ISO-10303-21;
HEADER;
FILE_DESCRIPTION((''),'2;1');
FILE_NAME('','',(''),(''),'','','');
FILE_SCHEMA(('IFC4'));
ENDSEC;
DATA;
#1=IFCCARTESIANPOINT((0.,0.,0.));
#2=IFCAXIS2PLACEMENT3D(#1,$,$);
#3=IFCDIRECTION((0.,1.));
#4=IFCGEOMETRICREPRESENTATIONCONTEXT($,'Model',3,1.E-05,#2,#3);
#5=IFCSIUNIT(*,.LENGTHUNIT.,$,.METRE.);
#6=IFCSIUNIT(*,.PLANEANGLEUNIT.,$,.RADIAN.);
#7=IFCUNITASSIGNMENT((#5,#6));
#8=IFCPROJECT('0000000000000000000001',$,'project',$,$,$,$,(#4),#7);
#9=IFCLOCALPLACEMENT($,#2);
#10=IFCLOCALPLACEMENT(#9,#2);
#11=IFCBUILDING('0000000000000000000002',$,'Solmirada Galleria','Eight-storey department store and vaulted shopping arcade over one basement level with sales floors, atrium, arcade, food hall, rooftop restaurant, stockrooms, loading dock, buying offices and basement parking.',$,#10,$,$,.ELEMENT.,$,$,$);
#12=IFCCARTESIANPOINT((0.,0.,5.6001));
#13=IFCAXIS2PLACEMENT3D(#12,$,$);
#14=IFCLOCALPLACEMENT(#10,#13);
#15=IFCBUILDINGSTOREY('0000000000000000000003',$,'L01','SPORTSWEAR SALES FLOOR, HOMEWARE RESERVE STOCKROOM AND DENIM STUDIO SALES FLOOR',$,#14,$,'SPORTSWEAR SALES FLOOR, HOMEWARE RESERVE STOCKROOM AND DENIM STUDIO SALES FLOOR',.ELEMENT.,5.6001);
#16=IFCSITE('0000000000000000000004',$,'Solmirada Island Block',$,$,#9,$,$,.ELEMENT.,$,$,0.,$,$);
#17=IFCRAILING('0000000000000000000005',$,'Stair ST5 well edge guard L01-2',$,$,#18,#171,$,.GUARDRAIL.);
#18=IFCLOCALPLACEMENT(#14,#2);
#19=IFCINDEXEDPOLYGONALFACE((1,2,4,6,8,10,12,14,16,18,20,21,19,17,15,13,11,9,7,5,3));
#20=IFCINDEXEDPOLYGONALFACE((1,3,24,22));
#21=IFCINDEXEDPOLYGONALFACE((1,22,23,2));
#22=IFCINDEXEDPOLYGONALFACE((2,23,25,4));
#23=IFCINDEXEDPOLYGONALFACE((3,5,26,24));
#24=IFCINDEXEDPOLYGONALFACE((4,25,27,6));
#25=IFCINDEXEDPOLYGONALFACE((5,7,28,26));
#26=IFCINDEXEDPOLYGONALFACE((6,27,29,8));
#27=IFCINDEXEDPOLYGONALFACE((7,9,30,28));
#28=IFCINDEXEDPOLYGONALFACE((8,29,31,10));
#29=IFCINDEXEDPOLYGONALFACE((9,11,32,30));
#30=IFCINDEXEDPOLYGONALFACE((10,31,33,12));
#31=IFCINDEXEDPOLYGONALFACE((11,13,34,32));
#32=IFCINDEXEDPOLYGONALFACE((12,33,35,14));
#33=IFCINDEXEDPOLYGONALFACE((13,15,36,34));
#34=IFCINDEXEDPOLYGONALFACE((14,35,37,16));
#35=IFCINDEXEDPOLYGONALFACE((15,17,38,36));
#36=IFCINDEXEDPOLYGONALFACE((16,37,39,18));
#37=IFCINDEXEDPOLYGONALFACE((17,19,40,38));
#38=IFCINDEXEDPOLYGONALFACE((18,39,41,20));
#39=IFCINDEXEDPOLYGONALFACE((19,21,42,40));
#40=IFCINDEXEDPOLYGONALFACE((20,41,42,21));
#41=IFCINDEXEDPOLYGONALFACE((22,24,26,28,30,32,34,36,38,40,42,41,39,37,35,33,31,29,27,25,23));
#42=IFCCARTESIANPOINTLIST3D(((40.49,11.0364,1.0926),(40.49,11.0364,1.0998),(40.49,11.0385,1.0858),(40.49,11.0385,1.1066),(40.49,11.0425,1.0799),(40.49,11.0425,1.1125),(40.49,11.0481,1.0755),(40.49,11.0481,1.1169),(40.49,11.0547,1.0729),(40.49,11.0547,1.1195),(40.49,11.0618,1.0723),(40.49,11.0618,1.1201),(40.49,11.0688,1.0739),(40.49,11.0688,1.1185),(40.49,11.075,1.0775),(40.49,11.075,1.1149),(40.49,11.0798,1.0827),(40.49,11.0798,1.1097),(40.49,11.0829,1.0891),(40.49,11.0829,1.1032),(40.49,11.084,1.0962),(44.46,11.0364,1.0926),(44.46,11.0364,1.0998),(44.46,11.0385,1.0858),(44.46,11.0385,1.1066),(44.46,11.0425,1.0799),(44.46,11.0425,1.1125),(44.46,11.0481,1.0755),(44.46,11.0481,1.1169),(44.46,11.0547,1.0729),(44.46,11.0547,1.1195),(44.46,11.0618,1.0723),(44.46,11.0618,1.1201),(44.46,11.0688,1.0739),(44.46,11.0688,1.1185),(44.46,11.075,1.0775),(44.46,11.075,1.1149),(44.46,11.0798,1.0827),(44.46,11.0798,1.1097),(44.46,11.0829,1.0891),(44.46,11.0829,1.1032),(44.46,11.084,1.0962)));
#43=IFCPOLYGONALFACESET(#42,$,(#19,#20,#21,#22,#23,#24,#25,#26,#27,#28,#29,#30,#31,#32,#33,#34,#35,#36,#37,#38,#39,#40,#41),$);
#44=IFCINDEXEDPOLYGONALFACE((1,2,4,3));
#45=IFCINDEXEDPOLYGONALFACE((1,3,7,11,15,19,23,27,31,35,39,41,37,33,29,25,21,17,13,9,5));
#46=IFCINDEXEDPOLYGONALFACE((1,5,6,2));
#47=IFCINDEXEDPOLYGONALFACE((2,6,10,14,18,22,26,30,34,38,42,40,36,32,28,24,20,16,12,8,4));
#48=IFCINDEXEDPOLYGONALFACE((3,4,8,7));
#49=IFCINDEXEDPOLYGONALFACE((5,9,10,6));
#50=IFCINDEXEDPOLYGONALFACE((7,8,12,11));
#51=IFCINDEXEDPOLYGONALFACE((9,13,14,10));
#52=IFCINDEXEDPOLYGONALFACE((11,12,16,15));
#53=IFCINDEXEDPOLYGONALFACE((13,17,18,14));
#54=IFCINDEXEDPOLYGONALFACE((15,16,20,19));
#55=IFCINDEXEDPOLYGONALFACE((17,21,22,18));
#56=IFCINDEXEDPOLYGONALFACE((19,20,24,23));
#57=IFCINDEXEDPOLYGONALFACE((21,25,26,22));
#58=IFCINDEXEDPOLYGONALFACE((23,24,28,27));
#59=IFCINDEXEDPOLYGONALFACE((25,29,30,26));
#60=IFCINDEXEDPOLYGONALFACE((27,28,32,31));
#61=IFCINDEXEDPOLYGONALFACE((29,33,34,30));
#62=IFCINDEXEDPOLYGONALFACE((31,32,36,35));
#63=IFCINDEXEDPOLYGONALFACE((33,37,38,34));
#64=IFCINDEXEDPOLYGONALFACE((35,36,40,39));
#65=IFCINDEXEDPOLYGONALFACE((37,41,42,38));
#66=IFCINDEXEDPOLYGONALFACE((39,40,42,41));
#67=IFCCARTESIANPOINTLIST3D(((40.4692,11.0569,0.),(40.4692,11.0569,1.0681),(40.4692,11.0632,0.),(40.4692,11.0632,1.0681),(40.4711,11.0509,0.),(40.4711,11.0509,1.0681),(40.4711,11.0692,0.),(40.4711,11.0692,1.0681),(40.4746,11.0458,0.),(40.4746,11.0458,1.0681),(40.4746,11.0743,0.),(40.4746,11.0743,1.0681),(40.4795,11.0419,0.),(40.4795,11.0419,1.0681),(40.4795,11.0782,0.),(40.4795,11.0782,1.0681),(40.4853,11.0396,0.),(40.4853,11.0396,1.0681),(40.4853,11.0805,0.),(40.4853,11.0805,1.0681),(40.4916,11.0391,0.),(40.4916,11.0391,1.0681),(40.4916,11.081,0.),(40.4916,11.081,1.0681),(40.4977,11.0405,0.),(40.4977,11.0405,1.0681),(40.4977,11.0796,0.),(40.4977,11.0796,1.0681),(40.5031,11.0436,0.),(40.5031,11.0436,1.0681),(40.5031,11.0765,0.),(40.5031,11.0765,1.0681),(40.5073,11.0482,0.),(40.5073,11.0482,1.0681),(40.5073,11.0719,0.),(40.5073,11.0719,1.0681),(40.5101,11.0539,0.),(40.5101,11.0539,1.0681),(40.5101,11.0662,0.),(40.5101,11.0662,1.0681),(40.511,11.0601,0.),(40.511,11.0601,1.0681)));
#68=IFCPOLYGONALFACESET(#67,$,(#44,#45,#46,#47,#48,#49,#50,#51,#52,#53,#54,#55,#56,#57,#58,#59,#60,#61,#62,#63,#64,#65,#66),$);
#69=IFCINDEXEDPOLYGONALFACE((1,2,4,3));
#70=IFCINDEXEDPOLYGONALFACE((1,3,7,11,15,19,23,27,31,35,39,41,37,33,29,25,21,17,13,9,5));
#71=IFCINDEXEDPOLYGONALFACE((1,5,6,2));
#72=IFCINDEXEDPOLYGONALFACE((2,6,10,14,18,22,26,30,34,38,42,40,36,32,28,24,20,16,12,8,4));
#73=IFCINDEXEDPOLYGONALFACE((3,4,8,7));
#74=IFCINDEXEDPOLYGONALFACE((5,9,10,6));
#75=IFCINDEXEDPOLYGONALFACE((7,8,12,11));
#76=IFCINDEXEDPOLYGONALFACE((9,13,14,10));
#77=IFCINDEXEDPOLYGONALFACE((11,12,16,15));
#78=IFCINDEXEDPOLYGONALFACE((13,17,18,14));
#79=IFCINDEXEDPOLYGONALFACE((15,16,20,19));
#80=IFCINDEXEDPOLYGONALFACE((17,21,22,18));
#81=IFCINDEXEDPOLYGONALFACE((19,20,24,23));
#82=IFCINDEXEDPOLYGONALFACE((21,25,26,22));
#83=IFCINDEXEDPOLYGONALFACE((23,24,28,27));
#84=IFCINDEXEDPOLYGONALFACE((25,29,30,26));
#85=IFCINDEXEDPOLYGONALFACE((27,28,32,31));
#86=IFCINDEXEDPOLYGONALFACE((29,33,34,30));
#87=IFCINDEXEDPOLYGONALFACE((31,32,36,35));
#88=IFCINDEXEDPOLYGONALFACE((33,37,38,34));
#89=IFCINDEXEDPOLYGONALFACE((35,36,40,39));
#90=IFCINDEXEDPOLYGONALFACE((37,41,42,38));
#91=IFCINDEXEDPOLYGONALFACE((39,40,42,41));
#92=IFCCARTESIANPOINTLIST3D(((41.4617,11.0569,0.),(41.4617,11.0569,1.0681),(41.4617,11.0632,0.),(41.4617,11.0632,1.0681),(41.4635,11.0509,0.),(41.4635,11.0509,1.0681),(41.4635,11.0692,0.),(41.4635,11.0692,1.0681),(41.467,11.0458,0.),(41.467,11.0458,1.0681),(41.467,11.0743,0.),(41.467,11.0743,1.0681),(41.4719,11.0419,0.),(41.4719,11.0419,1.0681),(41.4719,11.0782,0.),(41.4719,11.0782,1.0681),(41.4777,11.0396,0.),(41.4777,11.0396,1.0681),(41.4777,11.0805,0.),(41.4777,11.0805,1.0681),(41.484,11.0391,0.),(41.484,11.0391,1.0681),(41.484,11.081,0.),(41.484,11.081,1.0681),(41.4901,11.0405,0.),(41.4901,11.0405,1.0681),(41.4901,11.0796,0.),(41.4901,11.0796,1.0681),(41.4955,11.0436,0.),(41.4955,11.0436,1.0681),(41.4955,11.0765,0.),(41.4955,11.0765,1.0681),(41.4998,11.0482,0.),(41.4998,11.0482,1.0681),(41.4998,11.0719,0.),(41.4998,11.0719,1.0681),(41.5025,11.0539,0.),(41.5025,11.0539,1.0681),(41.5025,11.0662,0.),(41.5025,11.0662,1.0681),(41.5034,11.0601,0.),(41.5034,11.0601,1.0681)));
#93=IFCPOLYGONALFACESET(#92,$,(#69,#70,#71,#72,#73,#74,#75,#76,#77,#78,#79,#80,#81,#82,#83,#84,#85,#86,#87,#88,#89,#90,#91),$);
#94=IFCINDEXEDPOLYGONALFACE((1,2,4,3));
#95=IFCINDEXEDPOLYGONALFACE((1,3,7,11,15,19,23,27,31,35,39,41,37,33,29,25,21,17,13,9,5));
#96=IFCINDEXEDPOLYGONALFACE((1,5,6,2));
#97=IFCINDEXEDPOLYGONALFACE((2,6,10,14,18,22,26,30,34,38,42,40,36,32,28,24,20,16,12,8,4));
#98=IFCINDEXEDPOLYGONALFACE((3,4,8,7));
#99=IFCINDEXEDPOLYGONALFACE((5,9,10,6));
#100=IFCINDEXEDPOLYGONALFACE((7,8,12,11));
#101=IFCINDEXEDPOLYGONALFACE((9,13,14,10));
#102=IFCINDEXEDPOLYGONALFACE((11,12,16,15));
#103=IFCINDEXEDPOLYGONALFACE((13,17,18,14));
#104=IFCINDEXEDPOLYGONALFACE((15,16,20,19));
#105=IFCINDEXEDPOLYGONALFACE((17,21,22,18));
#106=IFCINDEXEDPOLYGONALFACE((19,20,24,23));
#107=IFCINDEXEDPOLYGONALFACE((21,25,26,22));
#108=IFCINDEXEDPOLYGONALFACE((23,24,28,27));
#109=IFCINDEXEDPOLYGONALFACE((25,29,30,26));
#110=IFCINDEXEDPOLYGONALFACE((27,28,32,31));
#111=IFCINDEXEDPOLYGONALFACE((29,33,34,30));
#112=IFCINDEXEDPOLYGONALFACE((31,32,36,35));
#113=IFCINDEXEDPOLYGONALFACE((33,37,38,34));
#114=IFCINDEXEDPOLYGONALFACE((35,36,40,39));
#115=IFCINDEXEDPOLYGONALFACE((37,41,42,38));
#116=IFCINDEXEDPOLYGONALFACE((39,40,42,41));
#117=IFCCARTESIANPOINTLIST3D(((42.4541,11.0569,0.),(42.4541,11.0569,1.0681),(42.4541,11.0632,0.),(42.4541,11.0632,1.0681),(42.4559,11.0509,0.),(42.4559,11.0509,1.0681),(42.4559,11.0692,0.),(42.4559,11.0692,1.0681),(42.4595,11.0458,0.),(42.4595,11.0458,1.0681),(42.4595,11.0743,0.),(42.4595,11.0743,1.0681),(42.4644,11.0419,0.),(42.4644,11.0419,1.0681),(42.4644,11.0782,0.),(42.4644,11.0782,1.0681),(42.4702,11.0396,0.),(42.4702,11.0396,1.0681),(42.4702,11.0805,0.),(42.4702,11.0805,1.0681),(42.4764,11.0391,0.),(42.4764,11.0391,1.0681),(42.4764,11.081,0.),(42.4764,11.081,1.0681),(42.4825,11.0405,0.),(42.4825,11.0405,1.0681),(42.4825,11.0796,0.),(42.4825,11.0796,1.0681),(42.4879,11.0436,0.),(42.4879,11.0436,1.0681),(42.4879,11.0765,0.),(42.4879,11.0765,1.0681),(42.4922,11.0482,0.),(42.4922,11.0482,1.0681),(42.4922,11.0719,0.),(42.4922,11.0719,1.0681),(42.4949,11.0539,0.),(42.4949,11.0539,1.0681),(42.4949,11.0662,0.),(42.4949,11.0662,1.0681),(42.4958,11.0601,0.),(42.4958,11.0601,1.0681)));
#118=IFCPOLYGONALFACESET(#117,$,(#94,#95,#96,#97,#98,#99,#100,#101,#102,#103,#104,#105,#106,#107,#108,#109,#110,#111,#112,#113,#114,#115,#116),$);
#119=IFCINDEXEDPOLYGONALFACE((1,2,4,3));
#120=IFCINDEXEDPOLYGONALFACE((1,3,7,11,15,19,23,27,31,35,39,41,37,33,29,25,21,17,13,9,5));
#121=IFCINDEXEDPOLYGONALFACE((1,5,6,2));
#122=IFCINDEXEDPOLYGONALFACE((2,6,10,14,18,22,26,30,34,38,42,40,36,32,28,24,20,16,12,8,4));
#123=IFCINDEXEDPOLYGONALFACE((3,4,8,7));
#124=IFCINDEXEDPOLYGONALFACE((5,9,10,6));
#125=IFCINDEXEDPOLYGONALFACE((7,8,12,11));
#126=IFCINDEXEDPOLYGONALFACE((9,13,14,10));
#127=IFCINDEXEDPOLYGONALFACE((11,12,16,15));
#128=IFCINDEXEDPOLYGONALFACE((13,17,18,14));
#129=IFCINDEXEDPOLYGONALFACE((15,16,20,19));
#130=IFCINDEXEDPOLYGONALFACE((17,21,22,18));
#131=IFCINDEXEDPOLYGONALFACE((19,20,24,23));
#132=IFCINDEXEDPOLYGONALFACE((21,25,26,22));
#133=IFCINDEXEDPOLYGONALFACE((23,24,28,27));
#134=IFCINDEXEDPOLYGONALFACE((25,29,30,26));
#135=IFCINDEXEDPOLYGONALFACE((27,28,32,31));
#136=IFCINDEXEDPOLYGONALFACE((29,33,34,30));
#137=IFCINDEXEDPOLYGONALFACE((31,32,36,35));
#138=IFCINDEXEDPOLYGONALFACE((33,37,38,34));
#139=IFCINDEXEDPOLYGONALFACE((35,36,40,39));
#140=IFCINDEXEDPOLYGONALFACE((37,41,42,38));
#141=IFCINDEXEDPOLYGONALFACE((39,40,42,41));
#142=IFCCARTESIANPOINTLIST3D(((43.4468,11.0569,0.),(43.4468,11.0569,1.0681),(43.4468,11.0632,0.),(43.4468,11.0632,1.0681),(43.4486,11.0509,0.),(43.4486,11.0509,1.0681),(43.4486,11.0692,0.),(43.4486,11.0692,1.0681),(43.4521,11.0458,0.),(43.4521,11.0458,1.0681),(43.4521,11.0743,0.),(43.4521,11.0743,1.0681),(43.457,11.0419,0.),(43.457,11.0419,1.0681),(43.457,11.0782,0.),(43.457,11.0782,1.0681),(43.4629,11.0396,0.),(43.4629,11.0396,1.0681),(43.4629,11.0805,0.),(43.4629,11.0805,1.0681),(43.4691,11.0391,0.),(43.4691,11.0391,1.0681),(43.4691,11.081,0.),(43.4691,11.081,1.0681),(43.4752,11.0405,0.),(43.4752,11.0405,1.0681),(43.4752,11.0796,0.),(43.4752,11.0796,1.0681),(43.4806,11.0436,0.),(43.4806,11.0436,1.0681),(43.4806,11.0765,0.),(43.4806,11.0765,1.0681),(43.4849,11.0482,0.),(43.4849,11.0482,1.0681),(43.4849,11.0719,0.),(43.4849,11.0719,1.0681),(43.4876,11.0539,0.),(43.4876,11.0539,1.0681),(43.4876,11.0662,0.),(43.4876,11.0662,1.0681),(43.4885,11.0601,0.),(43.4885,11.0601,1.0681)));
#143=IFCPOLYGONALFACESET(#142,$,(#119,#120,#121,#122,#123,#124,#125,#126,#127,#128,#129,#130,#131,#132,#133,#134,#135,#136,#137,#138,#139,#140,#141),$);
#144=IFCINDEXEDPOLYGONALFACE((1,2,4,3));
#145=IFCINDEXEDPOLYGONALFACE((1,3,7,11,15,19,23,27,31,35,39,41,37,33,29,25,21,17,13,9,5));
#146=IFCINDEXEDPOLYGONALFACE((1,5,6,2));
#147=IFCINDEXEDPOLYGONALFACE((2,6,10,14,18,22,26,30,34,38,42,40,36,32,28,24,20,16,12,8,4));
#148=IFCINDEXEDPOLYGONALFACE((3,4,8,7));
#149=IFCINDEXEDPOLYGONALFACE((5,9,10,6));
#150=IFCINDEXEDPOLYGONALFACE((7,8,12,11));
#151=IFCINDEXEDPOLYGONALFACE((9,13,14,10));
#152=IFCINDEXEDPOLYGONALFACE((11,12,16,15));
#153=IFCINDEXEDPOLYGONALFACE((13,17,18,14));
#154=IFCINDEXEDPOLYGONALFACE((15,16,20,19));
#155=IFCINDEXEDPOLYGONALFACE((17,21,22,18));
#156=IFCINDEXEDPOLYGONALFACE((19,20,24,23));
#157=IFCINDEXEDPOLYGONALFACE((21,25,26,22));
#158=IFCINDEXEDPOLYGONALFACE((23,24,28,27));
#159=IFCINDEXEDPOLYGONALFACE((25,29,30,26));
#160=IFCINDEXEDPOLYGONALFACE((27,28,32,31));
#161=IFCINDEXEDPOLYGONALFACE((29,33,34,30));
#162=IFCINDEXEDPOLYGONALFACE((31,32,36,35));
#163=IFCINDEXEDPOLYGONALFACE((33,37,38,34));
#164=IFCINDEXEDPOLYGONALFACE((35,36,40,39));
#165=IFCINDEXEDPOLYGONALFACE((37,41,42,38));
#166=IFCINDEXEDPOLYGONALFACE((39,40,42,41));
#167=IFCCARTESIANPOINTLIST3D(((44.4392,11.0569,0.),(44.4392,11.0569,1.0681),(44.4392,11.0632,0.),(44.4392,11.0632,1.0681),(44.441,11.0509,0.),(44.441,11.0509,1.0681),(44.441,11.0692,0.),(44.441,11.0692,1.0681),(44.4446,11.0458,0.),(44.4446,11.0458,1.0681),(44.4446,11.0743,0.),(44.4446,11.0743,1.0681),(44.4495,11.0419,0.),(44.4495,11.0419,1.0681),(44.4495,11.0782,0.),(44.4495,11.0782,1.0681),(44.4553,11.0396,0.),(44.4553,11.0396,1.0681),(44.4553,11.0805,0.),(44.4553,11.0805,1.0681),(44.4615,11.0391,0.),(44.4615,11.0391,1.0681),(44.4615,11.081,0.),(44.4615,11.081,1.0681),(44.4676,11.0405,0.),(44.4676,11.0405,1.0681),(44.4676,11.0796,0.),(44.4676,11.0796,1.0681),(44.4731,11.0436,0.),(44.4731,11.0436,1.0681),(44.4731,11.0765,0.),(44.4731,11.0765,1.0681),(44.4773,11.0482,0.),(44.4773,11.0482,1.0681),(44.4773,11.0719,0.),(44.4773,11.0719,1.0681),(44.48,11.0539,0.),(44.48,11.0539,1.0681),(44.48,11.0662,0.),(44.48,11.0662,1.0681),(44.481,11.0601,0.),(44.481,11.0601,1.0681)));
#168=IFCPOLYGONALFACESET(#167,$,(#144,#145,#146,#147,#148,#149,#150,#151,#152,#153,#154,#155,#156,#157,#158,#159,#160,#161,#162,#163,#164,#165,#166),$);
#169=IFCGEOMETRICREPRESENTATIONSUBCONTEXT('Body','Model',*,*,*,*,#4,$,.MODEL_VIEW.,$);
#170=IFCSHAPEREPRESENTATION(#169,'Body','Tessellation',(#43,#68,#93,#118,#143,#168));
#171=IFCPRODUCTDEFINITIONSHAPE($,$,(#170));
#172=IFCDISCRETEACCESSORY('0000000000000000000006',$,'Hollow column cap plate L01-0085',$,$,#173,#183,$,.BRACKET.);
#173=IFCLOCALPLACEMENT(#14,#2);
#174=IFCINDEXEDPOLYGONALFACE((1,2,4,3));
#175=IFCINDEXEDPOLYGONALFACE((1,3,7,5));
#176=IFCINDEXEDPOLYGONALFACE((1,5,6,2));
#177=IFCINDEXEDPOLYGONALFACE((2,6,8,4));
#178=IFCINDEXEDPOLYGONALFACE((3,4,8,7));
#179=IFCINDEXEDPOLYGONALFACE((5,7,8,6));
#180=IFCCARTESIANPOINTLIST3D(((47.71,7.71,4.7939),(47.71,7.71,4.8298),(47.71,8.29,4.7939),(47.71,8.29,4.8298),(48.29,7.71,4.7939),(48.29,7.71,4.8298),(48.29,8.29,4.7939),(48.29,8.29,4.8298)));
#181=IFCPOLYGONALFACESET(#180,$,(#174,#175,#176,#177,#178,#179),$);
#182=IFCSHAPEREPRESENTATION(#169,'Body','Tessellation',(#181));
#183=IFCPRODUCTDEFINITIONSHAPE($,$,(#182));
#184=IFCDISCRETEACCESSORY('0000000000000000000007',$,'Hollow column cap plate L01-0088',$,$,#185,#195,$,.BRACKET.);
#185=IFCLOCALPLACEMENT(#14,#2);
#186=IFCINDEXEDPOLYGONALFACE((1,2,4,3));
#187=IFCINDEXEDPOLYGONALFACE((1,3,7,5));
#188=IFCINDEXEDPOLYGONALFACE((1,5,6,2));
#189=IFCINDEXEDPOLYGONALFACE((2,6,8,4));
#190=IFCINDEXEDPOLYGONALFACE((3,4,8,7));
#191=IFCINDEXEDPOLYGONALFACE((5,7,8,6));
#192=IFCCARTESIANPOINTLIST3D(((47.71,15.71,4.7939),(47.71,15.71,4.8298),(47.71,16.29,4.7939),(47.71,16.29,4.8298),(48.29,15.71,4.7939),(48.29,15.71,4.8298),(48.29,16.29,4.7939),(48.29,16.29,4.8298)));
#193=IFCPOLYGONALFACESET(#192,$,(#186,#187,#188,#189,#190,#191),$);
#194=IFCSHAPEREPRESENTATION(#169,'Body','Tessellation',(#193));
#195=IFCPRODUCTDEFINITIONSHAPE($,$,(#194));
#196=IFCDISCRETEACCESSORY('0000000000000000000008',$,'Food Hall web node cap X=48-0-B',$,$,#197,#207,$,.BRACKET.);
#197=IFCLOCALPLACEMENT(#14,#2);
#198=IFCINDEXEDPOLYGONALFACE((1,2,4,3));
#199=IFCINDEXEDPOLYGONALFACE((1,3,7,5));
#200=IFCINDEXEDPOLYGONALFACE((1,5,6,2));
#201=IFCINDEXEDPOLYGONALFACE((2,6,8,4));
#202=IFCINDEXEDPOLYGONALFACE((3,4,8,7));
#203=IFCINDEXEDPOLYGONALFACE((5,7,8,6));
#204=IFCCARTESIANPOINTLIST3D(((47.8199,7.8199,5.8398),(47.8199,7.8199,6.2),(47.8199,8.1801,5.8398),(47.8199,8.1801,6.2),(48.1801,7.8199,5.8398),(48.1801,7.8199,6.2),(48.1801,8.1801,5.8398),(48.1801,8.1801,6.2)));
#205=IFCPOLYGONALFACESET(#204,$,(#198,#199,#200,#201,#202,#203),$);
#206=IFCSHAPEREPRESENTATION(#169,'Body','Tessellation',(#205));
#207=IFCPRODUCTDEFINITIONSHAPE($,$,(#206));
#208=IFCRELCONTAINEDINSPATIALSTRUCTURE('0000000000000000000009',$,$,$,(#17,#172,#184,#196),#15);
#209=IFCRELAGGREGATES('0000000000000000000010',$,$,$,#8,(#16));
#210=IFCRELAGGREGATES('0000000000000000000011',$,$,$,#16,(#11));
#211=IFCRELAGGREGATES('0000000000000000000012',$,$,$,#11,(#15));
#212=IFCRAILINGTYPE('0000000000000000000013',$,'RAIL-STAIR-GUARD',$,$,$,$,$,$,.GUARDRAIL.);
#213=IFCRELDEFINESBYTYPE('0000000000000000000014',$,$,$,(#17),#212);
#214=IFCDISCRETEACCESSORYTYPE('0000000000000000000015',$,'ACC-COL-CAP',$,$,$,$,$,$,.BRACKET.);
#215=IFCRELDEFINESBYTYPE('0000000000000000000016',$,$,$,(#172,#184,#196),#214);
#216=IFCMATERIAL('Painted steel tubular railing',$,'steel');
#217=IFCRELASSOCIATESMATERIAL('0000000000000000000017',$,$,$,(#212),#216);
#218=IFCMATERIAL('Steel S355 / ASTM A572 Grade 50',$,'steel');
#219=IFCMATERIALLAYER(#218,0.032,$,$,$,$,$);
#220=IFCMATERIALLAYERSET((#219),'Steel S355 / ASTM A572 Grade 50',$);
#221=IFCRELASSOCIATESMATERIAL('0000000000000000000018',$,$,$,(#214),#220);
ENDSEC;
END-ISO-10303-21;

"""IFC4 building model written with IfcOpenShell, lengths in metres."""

from ifc_helpers import new_model, si_unit, direction, frame, origin, origin_2d, place, context, subcontext, project, spatial, rectangle, circle, extrude, material, layer, layer_set, type_object, element, save


model = new_model("IFC4")

# Units and contexts
model_context = context("Model", 3, precision=1e-05, world=origin(), true_north=direction((0.0, 1.0)))
body_context = subcontext(model_context, "Body", "Model", "MODEL_VIEW")
ifc_project = project(units=[si_unit("LENGTHUNIT", "METRE"), si_unit("PLANEANGLEUNIT", "RADIAN")], contexts=[model_context])

# Site, building, storey
site_placement = place(None, origin())
site = spatial("IfcSite", under=ifc_project, at=site_placement, Name="Solmirada Island Block", CompositionType="ELEMENT", RefElevation=0.0)
building_placement = place(site_placement, origin())
building = spatial("IfcBuilding", under=site, at=building_placement, Name="Solmirada Galleria", Description="Eight-storey department store and vaulted shopping arcade over one basement level with sales floors, atrium, arcade, food hall, rooftop restaurant, stockrooms, loading dock, buying offices and basement parking.", CompositionType="ELEMENT")
storey_placement = place(building_placement, frame((0.0, 0.0, 5.6001)))
storey = spatial("IfcBuildingStorey", under=building, at=storey_placement, Name="L01", Description="SPORTSWEAR SALES FLOOR, HOMEWARE RESERVE STOCKROOM AND DENIM STUDIO SALES FLOOR", LongName="SPORTSWEAR SALES FLOOR, HOMEWARE RESERVE STOCKROOM AND DENIM STUDIO SALES FLOOR", CompositionType="ELEMENT", Elevation=5.6001)

# Railing
ifc_material_1 = material(Name="Painted steel tubular railing", Category="steel")
railing_type = type_object("IfcRailingType", Name="RAIL-STAIR-GUARD", PredefinedType="GUARDRAIL", material=ifc_material_1)
railing_1_placement = place(storey_placement, frame((40.49, 11.0601, 0.0)))
element("IfcRailing", 1, at=railing_1_placement, inside=storey, type_object=railing_type, Name="Stair ST5 well edge guard L01-2", PredefinedType="GUARDRAIL", context=body_context, shape_type="SweptSolid", body=[
    extrude(circle(Radius=0.0239, at=origin_2d()), frame((0.0, 0.0, 1.0962), z_axis=(1.0, 0.0, 0.0), x_axis=(0.0, 1.0, 0.0)), (0.0, 0.0, 1.0), 3.97),
    extrude(circle(Radius=0.021, at=origin_2d()), origin(), (0.0, 0.0, 1.0), 1.0681),
    extrude(circle(Radius=0.021, at=origin_2d()), frame((0.9924, 0.0, 0.0)), (0.0, 0.0, 1.0), 1.0681),
    extrude(circle(Radius=0.021, at=origin_2d()), frame((1.9849, 0.0, 0.0)), (0.0, 0.0, 1.0), 1.0681),
    extrude(circle(Radius=0.021, at=origin_2d()), frame((2.9775, 0.0, 0.0)), (0.0, 0.0, 1.0), 1.0681),
    extrude(circle(Radius=0.021, at=origin_2d()), frame((3.97, 0.0, 0.0)), (0.0, 0.0, 1.0), 1.0681),
])

# Discrete accessories
ifc_material_2 = material(Name="Steel S355 / ASTM A572 Grade 50", Category="steel")
ifc_layer_1 = layer(ifc_material_2, 0.032)
ifc_layer_set_1 = layer_set([ifc_layer_1], Name="Steel S355 / ASTM A572 Grade 50")
discrete_accessory_type = type_object("IfcDiscreteAccessoryType", Name="ACC-COL-CAP", PredefinedType="BRACKET", material=ifc_layer_set_1)
for number, where, z_axis, x_axis, name in (
    (2, (48.0, 8.0, 4.7939), (0.0, 0.0, 1.0), (1.0, 0.0, 0.0), "Hollow column cap plate L01-0085"),
    (3, (48.0, 16.0, 4.7939), (0.0, 0.0, 1.0), (1.0, 0.0, 0.0), "Hollow column cap plate L01-0088"),
):
    element("IfcDiscreteAccessory", number, at=place(storey_placement, frame(where, z_axis=z_axis, x_axis=x_axis)), inside=storey, type_object=discrete_accessory_type, Name=name, PredefinedType="BRACKET", context=body_context, shape_type="SweptSolid", body=[
        extrude(rectangle(XDim=0.5801, YDim=0.5801, at=origin_2d()), origin(), (0.0, 0.0, 1.0), 0.0359),
    ])
for number, where, z_axis, x_axis, name in (
    (4, (48.0, 8.0, 5.8398), (0.0, 0.0, 1.0), (1.0, 0.0, 0.0), "Food Hall web node cap X=48-0-B"),
):
    element("IfcDiscreteAccessory", number, at=place(storey_placement, frame(where, z_axis=z_axis, x_axis=x_axis)), inside=storey, type_object=discrete_accessory_type, Name=name, PredefinedType="BRACKET", context=body_context, shape_type="SweptSolid", body=[
        extrude(rectangle(XDim=0.3601, YDim=0.3601, at=origin_2d()), origin(), (0.0, 0.0, 1.0), 0.3601),
    ])

save(model, "model.ifc")
